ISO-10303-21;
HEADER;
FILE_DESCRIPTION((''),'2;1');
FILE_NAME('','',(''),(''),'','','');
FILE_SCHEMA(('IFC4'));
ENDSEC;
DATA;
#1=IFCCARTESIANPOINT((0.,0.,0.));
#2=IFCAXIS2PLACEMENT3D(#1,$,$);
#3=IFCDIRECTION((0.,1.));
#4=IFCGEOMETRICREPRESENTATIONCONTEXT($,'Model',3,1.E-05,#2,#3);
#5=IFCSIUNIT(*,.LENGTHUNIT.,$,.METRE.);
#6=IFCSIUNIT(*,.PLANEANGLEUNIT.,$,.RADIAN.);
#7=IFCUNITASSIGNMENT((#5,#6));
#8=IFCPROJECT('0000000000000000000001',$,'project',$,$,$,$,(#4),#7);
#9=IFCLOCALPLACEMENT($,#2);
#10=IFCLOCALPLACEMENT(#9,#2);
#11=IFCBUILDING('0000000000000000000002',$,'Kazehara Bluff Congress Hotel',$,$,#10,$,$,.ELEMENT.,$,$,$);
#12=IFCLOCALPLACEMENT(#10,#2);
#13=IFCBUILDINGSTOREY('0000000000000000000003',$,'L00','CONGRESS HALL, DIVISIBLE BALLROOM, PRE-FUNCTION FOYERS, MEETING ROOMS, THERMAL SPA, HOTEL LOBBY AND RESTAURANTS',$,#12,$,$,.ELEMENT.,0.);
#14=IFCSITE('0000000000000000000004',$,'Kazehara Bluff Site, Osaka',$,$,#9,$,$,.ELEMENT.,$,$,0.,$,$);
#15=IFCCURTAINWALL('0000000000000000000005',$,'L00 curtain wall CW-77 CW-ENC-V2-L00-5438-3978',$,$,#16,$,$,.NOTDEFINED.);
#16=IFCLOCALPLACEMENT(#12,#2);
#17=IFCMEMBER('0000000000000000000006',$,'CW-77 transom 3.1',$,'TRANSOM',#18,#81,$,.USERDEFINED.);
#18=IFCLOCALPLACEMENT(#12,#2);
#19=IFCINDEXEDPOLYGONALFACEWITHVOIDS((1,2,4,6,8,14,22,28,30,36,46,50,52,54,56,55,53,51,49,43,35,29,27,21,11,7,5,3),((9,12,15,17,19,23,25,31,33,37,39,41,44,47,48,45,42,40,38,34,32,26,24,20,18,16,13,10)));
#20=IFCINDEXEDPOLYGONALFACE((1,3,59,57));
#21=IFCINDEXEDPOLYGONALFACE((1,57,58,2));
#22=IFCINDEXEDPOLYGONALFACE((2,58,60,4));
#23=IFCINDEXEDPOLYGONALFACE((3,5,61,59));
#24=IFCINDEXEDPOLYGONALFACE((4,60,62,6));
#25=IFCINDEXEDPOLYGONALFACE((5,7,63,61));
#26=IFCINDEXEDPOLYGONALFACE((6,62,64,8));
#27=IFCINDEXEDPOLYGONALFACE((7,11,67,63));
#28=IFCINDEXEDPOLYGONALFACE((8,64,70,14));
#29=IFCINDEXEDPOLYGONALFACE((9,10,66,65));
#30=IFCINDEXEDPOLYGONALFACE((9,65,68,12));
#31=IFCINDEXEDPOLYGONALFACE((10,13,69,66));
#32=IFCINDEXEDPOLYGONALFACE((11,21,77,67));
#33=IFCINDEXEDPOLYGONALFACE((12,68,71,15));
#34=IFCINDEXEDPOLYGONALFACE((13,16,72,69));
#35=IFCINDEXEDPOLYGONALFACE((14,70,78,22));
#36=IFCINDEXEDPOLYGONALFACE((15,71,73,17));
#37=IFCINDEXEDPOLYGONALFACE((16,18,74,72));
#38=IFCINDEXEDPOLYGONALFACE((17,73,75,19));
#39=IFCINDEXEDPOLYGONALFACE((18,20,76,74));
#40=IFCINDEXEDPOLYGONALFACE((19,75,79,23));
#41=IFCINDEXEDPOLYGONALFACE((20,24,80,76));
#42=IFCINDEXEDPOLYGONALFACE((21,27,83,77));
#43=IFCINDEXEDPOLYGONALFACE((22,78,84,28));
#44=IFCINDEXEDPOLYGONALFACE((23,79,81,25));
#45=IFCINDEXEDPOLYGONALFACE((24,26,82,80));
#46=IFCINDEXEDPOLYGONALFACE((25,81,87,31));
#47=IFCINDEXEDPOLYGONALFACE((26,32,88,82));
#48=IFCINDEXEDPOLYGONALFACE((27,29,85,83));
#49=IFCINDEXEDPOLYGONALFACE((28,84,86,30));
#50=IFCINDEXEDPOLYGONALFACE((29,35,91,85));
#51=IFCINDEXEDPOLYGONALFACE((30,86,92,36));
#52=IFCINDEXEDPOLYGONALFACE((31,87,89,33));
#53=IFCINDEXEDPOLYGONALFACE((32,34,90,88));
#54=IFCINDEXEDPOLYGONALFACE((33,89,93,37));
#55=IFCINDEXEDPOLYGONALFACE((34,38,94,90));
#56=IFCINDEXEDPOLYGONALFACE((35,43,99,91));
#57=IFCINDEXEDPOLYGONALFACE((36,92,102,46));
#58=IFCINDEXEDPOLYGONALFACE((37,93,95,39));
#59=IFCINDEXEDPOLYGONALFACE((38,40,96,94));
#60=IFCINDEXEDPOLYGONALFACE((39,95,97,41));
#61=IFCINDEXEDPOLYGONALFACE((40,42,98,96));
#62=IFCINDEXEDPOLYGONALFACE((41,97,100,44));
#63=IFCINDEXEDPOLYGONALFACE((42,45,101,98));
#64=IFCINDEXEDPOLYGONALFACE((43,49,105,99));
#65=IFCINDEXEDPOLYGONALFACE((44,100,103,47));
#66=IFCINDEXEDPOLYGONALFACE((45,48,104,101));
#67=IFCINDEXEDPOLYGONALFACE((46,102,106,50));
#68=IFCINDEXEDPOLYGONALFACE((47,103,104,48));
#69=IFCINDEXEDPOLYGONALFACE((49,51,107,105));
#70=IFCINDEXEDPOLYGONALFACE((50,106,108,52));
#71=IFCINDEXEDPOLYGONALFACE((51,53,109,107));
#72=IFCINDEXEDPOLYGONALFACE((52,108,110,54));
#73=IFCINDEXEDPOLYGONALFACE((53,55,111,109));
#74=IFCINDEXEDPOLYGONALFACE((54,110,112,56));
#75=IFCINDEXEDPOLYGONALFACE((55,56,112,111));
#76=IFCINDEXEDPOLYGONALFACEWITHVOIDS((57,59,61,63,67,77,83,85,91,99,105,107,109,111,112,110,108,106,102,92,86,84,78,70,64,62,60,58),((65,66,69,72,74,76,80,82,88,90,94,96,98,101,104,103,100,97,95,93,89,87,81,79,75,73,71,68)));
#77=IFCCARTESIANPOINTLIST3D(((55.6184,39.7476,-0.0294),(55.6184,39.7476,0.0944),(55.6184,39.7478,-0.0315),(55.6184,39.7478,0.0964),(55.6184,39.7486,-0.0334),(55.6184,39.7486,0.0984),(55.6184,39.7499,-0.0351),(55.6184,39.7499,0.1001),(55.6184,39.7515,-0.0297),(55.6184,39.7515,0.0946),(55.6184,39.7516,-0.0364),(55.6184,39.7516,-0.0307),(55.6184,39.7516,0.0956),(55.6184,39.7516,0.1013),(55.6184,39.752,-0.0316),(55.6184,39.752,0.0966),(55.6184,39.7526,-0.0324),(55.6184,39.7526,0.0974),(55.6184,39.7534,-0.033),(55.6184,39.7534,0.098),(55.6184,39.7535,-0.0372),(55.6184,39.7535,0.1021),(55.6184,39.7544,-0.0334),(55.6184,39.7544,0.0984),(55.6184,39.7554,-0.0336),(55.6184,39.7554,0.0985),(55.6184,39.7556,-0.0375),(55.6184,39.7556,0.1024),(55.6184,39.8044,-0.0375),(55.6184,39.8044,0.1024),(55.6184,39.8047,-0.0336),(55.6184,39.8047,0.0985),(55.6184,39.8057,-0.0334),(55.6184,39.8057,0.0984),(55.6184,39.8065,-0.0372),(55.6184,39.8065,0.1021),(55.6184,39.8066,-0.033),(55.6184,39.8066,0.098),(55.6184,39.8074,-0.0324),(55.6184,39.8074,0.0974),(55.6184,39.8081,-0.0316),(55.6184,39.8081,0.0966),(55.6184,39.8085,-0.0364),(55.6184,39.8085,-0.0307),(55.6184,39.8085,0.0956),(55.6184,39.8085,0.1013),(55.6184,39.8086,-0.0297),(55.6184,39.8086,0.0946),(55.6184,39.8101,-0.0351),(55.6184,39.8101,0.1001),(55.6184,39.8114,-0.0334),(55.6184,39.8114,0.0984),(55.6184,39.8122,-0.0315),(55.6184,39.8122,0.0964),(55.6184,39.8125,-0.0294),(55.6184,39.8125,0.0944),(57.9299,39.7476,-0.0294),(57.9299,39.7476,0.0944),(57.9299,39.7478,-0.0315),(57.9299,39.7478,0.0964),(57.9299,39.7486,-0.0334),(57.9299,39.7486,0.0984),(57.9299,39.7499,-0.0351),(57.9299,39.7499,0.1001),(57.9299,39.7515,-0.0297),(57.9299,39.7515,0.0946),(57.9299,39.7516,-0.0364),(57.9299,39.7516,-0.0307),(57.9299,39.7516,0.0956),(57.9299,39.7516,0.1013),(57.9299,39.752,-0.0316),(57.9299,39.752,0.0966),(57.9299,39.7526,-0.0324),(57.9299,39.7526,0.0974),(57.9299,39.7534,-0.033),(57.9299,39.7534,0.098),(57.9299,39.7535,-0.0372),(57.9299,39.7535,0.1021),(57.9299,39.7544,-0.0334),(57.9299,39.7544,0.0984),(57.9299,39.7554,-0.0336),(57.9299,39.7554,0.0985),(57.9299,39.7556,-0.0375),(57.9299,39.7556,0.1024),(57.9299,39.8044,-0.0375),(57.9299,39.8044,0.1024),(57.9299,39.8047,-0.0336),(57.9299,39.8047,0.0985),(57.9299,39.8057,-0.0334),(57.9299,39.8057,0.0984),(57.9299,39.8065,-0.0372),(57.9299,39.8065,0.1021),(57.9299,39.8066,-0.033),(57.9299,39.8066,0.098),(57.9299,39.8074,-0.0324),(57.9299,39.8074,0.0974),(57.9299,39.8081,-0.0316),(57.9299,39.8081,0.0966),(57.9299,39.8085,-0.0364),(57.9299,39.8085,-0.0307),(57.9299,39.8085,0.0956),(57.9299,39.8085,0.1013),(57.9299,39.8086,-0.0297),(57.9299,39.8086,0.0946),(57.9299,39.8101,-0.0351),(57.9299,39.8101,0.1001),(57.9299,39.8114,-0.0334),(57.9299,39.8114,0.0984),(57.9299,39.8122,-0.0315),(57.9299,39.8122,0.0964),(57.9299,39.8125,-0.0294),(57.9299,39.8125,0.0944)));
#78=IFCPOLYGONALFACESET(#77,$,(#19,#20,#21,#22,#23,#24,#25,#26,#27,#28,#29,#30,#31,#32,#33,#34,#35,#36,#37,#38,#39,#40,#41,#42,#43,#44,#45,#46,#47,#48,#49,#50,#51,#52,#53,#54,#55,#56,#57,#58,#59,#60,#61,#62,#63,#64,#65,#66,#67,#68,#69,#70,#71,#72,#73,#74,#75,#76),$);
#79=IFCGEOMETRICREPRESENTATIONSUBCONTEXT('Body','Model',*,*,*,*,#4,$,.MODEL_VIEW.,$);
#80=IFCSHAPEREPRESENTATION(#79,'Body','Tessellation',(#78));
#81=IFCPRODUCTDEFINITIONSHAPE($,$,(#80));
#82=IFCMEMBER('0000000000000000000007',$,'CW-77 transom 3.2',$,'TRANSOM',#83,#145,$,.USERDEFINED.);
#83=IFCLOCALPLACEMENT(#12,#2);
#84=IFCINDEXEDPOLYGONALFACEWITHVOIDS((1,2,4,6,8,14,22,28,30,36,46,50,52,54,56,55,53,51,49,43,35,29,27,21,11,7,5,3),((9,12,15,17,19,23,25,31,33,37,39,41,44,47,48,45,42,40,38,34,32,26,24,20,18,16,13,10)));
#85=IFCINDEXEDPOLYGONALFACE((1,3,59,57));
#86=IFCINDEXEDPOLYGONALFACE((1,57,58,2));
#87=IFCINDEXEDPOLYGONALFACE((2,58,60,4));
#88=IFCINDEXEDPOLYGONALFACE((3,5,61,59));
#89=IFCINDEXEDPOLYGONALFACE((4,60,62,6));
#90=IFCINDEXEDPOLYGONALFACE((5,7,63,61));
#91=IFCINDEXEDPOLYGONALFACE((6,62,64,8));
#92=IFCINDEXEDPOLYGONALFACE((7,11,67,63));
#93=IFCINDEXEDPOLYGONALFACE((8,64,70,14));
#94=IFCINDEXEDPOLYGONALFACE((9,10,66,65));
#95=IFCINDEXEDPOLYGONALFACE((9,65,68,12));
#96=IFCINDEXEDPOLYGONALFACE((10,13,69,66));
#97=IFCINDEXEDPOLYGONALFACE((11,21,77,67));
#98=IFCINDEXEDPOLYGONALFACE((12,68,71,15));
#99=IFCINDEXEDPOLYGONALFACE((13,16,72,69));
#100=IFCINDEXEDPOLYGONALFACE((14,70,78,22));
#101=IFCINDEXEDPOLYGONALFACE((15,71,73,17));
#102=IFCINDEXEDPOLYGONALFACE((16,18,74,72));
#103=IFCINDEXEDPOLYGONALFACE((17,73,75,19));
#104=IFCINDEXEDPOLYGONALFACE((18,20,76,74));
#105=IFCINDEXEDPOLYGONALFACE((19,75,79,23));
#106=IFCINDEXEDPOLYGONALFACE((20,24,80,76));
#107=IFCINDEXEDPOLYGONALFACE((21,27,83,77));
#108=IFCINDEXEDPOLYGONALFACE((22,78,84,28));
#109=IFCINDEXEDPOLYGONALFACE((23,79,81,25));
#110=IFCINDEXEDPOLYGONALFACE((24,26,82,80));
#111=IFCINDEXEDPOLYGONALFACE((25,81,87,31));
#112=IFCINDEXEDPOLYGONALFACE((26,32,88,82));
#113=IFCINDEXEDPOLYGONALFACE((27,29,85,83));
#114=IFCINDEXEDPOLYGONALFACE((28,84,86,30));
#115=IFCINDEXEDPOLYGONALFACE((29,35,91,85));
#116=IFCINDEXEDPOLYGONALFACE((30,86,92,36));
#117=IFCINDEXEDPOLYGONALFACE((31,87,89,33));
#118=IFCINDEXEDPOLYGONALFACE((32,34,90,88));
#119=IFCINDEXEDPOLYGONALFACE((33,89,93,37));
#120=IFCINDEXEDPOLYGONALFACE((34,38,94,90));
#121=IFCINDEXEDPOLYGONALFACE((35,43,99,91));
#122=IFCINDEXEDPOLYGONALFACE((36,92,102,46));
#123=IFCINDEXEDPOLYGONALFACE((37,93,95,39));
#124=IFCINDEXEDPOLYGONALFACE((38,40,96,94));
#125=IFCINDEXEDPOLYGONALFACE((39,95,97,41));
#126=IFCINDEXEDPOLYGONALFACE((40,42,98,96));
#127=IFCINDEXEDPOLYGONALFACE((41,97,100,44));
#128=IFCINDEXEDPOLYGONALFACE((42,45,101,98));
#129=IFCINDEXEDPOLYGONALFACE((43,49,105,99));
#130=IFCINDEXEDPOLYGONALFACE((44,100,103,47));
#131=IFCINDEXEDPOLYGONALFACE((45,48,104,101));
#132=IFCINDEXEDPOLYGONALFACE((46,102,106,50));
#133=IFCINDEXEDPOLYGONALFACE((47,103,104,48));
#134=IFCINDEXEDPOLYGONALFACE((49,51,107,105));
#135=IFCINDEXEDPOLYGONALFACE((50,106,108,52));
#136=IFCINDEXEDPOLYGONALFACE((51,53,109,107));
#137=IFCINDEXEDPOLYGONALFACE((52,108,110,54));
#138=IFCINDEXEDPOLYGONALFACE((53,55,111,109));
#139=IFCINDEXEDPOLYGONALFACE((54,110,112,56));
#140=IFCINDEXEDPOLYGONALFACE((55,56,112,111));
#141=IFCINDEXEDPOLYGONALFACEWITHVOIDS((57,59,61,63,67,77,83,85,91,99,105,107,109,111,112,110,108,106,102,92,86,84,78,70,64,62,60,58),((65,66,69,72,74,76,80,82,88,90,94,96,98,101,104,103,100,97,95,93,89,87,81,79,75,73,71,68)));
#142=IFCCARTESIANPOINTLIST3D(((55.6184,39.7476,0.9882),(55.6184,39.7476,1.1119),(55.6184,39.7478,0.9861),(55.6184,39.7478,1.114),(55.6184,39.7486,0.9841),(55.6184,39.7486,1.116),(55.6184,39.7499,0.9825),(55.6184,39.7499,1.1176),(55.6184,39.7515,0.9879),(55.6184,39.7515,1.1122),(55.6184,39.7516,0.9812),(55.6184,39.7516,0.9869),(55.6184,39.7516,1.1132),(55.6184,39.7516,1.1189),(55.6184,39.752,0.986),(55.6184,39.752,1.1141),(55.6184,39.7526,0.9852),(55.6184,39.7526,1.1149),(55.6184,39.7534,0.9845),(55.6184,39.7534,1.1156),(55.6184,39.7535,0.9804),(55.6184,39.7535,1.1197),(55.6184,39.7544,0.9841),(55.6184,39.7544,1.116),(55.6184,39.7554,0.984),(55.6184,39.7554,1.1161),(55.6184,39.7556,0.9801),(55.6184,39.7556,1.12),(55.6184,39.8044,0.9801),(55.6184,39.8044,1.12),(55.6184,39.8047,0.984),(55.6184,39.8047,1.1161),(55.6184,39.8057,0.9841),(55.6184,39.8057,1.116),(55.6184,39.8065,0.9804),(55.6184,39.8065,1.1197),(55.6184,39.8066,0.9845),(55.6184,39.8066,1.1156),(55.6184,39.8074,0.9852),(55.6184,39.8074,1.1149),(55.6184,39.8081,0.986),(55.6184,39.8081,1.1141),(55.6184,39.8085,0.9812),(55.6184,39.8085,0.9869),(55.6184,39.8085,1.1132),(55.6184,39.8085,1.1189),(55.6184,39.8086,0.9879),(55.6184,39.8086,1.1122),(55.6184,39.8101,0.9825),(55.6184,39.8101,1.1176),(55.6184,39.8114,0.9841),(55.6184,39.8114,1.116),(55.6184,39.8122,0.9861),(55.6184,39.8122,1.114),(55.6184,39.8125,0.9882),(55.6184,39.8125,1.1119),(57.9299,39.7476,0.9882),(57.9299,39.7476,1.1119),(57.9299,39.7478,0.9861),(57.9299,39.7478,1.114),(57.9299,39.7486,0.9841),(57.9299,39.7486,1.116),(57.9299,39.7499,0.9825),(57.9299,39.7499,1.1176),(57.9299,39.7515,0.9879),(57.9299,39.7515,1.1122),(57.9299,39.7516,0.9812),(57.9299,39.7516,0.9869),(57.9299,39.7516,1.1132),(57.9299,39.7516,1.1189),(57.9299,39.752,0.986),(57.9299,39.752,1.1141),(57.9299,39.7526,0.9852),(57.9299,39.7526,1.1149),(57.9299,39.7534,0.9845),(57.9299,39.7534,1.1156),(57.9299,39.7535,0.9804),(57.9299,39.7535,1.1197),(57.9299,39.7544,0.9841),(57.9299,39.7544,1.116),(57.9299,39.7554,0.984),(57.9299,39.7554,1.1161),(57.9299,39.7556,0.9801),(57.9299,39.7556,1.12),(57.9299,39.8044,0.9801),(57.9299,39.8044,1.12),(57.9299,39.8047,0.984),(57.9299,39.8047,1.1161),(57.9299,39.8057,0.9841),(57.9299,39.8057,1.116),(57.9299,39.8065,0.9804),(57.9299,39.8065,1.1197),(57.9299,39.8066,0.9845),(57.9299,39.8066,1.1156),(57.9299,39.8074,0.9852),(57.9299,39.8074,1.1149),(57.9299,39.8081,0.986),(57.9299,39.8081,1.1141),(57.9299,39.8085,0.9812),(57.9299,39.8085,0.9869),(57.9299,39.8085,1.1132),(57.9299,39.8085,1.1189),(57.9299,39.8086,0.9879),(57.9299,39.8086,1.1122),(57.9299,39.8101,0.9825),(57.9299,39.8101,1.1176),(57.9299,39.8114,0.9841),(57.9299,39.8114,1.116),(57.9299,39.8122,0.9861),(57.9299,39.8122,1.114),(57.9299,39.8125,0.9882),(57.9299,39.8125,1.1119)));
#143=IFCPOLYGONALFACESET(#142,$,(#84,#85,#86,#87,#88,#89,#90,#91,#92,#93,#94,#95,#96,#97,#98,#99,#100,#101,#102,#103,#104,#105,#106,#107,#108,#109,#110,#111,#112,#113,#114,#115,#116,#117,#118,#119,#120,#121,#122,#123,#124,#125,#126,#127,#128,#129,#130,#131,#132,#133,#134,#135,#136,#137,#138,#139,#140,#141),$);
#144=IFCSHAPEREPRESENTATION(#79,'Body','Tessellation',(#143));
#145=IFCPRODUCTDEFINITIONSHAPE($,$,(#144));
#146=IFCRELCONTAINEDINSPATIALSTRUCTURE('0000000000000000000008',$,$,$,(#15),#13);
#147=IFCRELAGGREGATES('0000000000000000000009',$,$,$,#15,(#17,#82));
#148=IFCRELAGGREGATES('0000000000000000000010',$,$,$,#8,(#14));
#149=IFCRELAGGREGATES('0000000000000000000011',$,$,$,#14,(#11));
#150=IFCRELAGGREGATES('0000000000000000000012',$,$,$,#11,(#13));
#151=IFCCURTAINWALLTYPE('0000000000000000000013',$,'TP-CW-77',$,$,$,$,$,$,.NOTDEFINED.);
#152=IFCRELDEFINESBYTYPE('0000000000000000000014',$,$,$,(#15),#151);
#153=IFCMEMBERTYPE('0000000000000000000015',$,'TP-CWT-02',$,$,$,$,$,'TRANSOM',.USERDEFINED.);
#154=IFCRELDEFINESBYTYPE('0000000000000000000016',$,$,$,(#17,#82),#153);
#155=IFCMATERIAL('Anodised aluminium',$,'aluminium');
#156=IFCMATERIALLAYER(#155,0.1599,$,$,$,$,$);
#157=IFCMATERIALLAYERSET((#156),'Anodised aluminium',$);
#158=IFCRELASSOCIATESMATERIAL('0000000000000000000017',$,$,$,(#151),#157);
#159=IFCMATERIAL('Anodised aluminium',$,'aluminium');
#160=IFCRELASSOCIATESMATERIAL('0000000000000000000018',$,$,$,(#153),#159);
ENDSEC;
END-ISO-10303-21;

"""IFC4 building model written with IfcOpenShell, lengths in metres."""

from ifc_helpers import new_model, si_unit, direction, frame, origin, origin_2d, place, context, subcontext, project, spatial, hollow_rectangle, extrude, material, layer, layer_set, material_profile, profile_set, type_object, element, aggregate, save


model = new_model("IFC4")

# Units and contexts
model_context = context("Model", 3, precision=1e-05, world=origin(), true_north=direction((0.0, 1.0)))
body_context = subcontext(model_context, "Body", "Model", "MODEL_VIEW")
ifc_project = project(units=[si_unit("LENGTHUNIT", "METRE"), si_unit("PLANEANGLEUNIT", "RADIAN")], contexts=[model_context])

# Site, building, storey
site_placement = place(None, origin())
site = spatial("IfcSite", under=ifc_project, at=site_placement, Name="Kazehara Bluff Site, Osaka", CompositionType="ELEMENT", RefElevation=0.0)
building_placement = place(site_placement, origin())
building = spatial("IfcBuilding", under=site, at=building_placement, Name="Kazehara Bluff Congress Hotel", CompositionType="ELEMENT")
storey_placement = place(building_placement, origin())
storey = spatial("IfcBuildingStorey", under=building, at=storey_placement, Name="L00", Description="CONGRESS HALL, DIVISIBLE BALLROOM, PRE-FUNCTION FOYERS, MEETING ROOMS, THERMAL SPA, HOTEL LOBBY AND RESTAURANTS", CompositionType="ELEMENT", Elevation=0.0)

# Curtain wall, members
ifc_material_1 = material(Name="Anodised aluminium", Category="aluminium")
ifc_layer_1 = layer(ifc_material_1, 0.1599)
ifc_layer_set_1 = layer_set([ifc_layer_1], Name="Anodised aluminium")
curtain_wall_type_1 = type_object("IfcCurtainWallType", Name="TP-CW-77", PredefinedType="NOTDEFINED", material=ifc_layer_set_1)
curtain_wall_1_placement = place(storey_placement, origin())
curtain_wall_1 = element("IfcCurtainWall", 1, at=curtain_wall_1_placement, inside=storey, type_object=curtain_wall_type_1, Name="L00 curtain wall CW-77 CW-ENC-V2-L00-5438-3978", PredefinedType="NOTDEFINED")
ifc_material_2 = material(Name="Anodised aluminium", Category="aluminium")
ifc_material_profile_1 = material_profile(ifc_material_2, hollow_rectangle(XDim=0.0649, YDim=0.1399, WallThickness=0.0039, InnerFilletRadius=0.0039, OuterFilletRadius=0.0081, at=origin_2d()))
ifc_profile_set_1 = profile_set([ifc_material_profile_1], Name="Anodised aluminium")
member_type_1 = type_object("IfcMemberType", Name="TP-CWT-02", ElementType="TRANSOM", PredefinedType="USERDEFINED", material=ifc_profile_set_1)
member_1_placement = place(storey_placement, frame((55.6184, 39.78, 0.0325), z_axis=(1.0, 0.0, 0.0), x_axis=(0.0, 1.0, 0.0)))
member_1 = element("IfcMember", 2, at=member_1_placement, type_object=member_type_1, Name="CW-77 transom 3.1", ObjectType="TRANSOM", PredefinedType="USERDEFINED", context=body_context, shape_type="SweptSolid", body=[
    extrude(hollow_rectangle(XDim=0.0649, YDim=0.1399, WallThickness=0.0039, InnerFilletRadius=0.0039, OuterFilletRadius=0.0081, at=origin_2d()), origin(), (0.0, 0.0, 1.0), 2.3115),
])
member_2_placement = place(storey_placement, frame((55.6184, 39.78, 1.05), z_axis=(1.0, 0.0, 0.0), x_axis=(0.0, 1.0, 0.0)))
member_2 = element("IfcMember", 3, at=member_2_placement, type_object=member_type_1, Name="CW-77 transom 3.2", ObjectType="TRANSOM", PredefinedType="USERDEFINED", context=body_context, shape_type="SweptSolid", body=[
    extrude(hollow_rectangle(XDim=0.0649, YDim=0.1399, WallThickness=0.0039, InnerFilletRadius=0.0039, OuterFilletRadius=0.0081, at=origin_2d()), origin(), (0.0, 0.0, 1.0), 2.3115),
])

aggregate(curtain_wall_1, [member_1, member_2])

save(model, "model.ifc")
